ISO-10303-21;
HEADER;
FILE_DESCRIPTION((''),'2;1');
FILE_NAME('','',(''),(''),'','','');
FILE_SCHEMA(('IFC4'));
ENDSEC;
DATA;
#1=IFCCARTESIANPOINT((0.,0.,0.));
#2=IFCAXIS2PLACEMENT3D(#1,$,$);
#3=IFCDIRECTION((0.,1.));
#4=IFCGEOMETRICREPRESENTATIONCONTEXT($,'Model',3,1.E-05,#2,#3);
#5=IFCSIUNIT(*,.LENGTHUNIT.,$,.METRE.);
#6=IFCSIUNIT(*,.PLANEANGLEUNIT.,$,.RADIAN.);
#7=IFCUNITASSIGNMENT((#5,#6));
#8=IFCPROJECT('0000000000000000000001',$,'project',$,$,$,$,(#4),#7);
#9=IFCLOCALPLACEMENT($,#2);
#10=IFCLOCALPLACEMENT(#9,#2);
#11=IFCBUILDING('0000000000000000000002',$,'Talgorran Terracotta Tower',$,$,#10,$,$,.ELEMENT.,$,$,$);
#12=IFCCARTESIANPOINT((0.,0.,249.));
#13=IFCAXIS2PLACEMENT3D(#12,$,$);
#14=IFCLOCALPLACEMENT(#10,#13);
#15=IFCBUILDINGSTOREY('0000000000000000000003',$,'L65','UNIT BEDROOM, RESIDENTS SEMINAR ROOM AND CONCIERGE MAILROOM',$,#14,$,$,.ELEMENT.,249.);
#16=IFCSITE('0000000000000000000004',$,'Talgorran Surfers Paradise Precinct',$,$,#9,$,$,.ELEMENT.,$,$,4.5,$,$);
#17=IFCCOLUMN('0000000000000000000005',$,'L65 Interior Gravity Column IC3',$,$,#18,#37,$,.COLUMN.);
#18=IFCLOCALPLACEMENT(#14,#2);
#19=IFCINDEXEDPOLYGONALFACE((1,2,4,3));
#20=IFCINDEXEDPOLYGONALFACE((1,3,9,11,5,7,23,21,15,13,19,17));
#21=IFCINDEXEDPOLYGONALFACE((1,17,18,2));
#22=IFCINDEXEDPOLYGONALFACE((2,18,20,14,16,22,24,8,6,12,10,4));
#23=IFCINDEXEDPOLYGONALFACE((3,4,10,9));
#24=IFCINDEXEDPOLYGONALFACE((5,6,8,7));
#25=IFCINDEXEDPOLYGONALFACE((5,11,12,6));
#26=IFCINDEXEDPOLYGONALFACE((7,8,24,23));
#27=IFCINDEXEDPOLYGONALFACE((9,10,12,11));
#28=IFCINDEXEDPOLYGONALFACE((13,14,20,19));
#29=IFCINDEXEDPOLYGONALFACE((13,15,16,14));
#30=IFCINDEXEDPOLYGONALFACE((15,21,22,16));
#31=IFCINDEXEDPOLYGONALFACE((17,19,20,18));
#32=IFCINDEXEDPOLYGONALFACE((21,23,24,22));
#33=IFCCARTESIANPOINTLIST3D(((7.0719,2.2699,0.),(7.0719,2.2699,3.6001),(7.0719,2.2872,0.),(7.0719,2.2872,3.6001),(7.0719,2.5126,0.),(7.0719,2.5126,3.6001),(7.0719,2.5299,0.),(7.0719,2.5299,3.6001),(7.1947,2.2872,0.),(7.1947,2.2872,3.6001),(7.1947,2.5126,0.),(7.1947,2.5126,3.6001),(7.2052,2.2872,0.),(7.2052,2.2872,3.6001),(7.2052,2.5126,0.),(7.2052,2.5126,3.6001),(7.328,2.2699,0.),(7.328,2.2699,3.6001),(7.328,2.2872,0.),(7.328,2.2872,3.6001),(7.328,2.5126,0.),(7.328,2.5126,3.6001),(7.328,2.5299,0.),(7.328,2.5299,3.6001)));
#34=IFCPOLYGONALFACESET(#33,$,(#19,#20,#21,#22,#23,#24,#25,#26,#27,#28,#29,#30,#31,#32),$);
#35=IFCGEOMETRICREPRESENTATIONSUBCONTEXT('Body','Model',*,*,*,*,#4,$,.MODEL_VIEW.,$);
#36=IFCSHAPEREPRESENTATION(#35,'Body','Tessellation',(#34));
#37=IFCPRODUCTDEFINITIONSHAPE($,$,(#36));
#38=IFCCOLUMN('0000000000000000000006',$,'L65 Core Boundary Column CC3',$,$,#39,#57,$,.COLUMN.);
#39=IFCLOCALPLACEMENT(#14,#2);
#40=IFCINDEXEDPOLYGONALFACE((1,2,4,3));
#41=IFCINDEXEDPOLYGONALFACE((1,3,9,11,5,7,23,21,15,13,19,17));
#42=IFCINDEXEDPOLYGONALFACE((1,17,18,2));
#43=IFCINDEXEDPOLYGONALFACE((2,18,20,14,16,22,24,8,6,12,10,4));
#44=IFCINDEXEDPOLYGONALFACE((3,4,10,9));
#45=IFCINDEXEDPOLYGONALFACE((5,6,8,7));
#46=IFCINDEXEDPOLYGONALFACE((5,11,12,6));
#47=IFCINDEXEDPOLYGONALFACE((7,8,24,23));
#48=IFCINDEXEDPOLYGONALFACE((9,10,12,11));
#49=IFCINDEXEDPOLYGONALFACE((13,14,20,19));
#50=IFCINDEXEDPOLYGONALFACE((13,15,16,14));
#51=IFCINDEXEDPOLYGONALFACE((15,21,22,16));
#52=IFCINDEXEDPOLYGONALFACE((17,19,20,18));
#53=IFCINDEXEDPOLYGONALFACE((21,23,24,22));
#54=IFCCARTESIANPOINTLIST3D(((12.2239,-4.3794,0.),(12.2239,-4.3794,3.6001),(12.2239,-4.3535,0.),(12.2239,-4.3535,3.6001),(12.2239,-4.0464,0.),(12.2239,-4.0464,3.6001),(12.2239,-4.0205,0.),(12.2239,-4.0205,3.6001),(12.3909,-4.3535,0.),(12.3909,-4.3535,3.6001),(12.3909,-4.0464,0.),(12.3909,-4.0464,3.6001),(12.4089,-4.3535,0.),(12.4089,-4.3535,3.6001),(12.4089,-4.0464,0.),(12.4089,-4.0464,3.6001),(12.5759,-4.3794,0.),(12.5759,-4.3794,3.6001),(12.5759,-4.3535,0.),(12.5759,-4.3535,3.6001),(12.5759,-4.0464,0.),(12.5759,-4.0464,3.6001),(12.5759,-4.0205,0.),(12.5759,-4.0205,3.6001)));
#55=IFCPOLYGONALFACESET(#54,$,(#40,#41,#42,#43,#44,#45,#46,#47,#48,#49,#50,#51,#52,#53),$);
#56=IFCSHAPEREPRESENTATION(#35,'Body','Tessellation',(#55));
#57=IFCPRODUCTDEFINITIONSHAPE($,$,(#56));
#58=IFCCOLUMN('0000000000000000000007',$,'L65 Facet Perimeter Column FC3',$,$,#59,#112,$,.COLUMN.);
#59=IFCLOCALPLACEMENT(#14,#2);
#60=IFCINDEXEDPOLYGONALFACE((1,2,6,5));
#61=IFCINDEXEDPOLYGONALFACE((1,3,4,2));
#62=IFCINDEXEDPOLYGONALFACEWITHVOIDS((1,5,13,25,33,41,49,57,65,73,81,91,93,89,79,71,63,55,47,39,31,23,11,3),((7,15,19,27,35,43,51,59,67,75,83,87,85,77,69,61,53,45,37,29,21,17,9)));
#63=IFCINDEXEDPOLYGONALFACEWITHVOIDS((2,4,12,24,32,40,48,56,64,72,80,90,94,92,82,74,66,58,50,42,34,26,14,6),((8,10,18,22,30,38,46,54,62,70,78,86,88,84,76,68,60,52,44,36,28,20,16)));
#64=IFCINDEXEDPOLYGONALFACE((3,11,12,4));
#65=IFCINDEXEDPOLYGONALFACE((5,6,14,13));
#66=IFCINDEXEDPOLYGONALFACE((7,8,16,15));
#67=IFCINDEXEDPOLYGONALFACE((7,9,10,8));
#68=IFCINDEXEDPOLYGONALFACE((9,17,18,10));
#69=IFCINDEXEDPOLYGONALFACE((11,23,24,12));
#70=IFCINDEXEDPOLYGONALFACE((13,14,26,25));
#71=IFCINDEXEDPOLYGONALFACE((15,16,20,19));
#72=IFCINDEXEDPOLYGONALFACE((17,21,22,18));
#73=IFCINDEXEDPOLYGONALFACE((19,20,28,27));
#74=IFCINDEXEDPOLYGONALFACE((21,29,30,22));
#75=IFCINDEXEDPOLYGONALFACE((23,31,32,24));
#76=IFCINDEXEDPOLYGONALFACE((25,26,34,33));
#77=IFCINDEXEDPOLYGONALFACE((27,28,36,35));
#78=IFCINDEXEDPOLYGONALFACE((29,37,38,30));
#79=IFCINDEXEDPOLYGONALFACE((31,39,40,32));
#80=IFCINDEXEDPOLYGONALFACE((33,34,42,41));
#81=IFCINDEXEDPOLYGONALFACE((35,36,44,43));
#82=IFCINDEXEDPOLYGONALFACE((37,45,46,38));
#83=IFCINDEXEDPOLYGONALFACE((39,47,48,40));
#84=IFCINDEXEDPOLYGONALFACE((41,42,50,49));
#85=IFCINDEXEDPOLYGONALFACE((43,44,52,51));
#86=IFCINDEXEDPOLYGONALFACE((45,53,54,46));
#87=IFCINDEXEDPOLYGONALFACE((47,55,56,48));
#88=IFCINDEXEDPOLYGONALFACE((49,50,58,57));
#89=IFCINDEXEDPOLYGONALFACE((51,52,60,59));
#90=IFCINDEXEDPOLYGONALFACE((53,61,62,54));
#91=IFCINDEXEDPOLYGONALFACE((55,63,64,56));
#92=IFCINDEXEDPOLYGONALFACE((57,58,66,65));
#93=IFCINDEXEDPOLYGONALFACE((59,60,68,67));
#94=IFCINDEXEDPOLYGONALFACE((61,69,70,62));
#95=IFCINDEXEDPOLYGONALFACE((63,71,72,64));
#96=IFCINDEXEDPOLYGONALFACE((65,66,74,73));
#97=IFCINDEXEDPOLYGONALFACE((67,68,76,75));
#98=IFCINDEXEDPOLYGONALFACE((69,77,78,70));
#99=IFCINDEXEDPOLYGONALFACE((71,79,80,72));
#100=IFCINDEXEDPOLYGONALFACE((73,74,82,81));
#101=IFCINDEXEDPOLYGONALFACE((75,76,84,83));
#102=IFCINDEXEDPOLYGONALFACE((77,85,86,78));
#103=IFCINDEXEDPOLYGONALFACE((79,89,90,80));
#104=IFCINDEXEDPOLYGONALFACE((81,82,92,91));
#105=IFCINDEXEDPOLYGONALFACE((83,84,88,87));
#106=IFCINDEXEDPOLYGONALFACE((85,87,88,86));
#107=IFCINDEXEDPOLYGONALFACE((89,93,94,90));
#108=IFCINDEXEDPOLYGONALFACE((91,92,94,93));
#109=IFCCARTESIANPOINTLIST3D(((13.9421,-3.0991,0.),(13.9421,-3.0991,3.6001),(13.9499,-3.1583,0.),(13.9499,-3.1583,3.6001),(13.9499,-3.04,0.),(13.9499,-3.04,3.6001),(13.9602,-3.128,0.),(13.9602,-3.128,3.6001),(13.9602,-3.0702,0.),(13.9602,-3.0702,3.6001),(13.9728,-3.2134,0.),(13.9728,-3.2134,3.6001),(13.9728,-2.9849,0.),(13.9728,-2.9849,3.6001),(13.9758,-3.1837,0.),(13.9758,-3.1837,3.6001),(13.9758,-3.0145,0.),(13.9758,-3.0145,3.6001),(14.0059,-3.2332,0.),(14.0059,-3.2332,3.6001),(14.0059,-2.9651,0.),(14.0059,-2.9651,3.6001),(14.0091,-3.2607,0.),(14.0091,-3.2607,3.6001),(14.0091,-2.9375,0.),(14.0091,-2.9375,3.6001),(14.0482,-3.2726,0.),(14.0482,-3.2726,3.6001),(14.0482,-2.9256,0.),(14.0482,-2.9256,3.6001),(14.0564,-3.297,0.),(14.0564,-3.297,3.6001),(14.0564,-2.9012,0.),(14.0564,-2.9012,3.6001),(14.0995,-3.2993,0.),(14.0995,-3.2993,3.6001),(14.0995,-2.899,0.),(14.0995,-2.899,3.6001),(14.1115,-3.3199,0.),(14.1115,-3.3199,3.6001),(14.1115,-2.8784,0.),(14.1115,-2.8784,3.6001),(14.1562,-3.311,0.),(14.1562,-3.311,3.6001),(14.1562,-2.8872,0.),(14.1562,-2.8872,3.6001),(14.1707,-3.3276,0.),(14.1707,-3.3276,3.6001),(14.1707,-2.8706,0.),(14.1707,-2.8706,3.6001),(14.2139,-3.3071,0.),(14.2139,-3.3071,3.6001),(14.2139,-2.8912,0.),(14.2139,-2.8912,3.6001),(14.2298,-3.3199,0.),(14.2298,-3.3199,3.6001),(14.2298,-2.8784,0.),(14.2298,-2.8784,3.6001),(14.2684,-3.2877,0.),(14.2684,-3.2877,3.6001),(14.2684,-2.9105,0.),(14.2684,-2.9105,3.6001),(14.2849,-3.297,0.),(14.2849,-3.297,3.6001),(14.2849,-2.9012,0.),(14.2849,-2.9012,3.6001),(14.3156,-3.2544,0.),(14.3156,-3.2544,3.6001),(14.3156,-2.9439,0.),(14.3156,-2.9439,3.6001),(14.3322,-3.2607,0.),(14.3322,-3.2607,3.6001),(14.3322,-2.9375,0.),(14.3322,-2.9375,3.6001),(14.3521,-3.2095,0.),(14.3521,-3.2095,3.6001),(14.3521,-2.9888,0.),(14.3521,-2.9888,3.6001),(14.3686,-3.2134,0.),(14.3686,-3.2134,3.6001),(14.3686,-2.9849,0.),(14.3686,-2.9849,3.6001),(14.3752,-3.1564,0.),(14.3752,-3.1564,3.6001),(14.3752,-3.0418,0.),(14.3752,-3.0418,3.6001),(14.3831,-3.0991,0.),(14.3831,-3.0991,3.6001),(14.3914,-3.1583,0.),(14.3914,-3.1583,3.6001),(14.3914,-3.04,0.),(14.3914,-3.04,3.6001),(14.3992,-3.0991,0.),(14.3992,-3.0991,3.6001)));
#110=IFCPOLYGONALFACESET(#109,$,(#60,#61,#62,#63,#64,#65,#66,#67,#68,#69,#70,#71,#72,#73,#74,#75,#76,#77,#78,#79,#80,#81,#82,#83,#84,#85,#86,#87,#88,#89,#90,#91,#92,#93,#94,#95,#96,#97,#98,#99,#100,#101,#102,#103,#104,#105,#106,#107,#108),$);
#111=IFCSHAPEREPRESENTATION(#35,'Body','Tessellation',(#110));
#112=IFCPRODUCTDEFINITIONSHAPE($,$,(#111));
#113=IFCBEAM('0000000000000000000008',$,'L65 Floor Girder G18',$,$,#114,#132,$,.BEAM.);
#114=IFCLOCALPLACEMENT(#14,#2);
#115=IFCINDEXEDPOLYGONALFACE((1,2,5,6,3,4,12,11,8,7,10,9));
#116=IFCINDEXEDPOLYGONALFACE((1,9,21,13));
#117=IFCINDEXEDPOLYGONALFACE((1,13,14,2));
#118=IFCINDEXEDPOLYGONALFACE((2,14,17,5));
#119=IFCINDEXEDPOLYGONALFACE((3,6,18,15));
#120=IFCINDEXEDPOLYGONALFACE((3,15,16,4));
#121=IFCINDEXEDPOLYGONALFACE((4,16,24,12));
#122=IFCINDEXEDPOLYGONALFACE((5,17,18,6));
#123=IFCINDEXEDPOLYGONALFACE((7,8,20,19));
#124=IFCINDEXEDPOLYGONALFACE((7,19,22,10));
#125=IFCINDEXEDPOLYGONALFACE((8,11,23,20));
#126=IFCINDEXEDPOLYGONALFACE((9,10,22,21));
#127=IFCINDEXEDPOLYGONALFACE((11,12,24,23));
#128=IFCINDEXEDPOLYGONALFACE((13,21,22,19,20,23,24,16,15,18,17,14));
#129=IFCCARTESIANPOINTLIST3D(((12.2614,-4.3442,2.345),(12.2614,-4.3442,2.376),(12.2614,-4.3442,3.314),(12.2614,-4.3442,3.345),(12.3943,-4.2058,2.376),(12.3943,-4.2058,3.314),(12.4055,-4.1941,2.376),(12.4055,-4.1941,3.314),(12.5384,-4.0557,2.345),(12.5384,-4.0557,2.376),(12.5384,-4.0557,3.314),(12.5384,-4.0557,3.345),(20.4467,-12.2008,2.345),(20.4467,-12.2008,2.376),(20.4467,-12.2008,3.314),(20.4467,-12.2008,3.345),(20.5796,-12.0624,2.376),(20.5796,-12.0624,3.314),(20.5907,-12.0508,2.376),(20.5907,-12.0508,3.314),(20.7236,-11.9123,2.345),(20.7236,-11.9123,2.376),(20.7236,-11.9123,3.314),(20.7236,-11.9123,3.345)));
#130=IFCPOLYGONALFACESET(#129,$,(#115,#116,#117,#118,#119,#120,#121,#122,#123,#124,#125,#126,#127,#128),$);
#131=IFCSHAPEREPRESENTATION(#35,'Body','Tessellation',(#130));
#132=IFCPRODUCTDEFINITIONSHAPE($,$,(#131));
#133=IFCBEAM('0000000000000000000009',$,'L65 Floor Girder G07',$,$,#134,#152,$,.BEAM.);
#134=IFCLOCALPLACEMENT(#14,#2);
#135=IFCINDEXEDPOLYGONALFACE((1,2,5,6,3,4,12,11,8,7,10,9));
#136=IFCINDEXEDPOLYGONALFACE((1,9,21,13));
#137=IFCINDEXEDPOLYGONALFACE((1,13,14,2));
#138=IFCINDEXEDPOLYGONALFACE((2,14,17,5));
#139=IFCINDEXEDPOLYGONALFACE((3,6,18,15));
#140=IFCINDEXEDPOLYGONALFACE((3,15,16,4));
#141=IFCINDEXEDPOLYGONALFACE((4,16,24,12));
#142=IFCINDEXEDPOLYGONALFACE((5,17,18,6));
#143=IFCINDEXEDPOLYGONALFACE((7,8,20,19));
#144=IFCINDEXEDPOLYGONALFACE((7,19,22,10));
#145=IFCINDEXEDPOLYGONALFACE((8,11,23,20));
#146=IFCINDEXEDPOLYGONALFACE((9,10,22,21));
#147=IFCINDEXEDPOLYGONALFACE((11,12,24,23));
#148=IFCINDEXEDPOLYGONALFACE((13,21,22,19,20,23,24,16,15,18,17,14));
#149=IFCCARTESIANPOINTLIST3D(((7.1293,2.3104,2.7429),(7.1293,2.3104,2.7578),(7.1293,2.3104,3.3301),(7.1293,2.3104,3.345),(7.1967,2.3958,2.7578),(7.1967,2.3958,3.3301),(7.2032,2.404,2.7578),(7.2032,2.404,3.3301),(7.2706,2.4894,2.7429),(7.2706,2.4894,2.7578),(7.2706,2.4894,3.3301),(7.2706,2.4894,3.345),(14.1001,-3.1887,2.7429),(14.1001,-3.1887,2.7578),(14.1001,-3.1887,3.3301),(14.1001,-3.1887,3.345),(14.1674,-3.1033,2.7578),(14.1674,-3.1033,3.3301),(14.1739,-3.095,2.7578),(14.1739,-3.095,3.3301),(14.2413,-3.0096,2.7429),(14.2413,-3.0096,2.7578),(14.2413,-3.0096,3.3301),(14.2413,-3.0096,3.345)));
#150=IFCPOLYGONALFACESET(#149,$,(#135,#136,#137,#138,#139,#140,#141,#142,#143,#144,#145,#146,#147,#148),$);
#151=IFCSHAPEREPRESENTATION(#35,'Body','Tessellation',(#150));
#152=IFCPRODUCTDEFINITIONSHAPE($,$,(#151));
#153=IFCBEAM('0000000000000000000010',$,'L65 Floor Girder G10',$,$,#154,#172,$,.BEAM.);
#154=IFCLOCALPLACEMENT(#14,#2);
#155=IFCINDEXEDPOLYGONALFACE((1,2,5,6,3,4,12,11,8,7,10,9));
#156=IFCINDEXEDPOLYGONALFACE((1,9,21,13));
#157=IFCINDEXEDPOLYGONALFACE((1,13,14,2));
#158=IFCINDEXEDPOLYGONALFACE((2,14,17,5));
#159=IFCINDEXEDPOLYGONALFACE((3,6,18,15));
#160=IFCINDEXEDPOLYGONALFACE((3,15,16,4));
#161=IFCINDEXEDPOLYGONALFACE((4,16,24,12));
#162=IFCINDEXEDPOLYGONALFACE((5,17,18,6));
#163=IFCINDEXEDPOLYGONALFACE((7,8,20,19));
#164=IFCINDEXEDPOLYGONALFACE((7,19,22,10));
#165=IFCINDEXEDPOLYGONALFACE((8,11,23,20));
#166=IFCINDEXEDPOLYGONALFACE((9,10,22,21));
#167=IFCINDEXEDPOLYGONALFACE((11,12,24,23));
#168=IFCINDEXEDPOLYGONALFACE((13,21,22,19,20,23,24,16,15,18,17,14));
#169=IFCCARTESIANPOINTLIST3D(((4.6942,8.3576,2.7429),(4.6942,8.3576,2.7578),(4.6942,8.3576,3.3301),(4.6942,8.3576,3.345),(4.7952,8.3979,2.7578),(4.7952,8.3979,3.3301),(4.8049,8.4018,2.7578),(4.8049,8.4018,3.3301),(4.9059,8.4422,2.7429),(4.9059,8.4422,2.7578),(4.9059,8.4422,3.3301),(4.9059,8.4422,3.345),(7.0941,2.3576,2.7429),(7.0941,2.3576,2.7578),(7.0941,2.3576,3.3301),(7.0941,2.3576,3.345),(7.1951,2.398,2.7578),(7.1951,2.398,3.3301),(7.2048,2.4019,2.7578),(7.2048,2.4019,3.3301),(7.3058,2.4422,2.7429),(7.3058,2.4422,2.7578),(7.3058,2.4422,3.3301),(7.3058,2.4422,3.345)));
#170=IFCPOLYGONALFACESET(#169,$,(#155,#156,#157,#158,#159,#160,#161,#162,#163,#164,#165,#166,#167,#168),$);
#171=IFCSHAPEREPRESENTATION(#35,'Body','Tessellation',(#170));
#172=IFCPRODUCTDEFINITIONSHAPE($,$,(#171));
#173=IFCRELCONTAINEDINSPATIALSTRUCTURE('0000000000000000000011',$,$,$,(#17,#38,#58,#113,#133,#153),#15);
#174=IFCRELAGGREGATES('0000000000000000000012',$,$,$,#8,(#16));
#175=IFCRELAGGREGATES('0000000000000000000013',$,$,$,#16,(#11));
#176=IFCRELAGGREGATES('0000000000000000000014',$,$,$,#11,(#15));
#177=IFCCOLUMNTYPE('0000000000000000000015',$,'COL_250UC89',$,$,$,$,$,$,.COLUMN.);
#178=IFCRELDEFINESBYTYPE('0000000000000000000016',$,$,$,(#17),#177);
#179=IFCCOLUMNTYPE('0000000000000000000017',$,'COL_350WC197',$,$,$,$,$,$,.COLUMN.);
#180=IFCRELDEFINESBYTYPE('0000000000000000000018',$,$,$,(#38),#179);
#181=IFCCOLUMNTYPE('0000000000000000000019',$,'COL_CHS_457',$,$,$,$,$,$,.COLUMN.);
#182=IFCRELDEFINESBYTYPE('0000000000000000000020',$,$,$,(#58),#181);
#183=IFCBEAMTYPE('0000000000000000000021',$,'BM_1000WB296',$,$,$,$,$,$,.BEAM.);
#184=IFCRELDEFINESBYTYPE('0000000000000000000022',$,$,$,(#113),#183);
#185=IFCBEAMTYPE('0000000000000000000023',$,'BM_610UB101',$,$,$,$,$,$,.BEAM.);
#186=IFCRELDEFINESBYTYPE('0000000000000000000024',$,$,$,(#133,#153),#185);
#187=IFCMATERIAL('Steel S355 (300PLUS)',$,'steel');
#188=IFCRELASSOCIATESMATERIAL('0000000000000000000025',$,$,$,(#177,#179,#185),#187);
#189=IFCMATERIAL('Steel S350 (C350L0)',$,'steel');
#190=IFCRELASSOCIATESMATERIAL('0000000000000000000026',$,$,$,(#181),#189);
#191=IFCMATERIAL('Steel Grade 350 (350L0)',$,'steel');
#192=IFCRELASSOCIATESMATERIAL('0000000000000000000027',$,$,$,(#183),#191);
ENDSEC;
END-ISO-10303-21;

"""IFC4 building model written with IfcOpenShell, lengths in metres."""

from ifc_helpers import new_model, si_unit, direction, frame, origin, origin_2d, place, context, subcontext, project, spatial, hollow_circle, i_section, extrude, material, material_profile, profile_set, type_object, element, save


model = new_model("IFC4")

# Units and contexts
model_context = context("Model", 3, precision=1e-05, world=origin(), true_north=direction((0.0, 1.0)))
body_context = subcontext(model_context, "Body", "Model", "MODEL_VIEW")
ifc_project = project(units=[si_unit("LENGTHUNIT", "METRE"), si_unit("PLANEANGLEUNIT", "RADIAN")], contexts=[model_context])

# Site, building, storey
site_placement = place(None, origin())
site = spatial("IfcSite", under=ifc_project, at=site_placement, Name="Talgorran Surfers Paradise Precinct", CompositionType="ELEMENT", RefElevation=4.5)
building_placement = place(site_placement, origin())
building = spatial("IfcBuilding", under=site, at=building_placement, Name="Talgorran Terracotta Tower", CompositionType="ELEMENT")
storey_placement = place(building_placement, frame((0.0, 0.0, 249.0)))
storey = spatial("IfcBuildingStorey", under=building, at=storey_placement, Name="L65", Description="UNIT BEDROOM, RESIDENTS SEMINAR ROOM AND CONCIERGE MAILROOM", CompositionType="ELEMENT", Elevation=249.0)

# Columns
ifc_material_1 = material(Name="Steel S355 (300PLUS)", Category="steel")
ifc_material_profile_1 = material_profile(ifc_material_1, i_section(OverallWidth=0.2561, OverallDepth=0.26, WebThickness=0.0105, FlangeThickness=0.0173, at=origin_2d()), Name="250UC89.5")
ifc_profile_set_1 = profile_set([ifc_material_profile_1], Name="Steel S355 (300PLUS)")
column_type_1 = type_object("IfcColumnType", Name="COL_250UC89", PredefinedType="COLUMN", material=ifc_profile_set_1)
column_1_placement = place(storey_placement, frame((7.2, 2.3999, 0.0), z_axis=(0.0, 0.0, 1.0), x_axis=(1.0, 0.0, 0.0)))
element("IfcColumn", 1, at=column_1_placement, inside=storey, type_object=column_type_1, Name="L65 Interior Gravity Column IC3", PredefinedType="COLUMN", context=body_context, shape_type="SweptSolid", body=[
    extrude(i_section(OverallWidth=0.2561, OverallDepth=0.26, WebThickness=0.0105, FlangeThickness=0.0173, at=origin_2d()), origin(), (0.0, 0.0, 1.0), 3.6001),
])
ifc_material_profile_2 = material_profile(ifc_material_1, i_section(OverallWidth=0.3521, OverallDepth=0.3589, WebThickness=0.0181, FlangeThickness=0.0259, at=origin_2d()), Name="350WC197")
ifc_profile_set_2 = profile_set([ifc_material_profile_2], Name="Steel S355 (300PLUS)")
column_type_2 = type_object("IfcColumnType", Name="COL_350WC197", PredefinedType="COLUMN", material=ifc_profile_set_2)
column_2_placement = place(storey_placement, frame((12.3999, -4.2, 0.0), z_axis=(0.0, 0.0, 1.0), x_axis=(1.0, 0.0, 0.0)))
element("IfcColumn", 2, at=column_2_placement, inside=storey, type_object=column_type_2, Name="L65 Core Boundary Column CC3", PredefinedType="COLUMN", context=body_context, shape_type="SweptSolid", body=[
    extrude(i_section(OverallWidth=0.3521, OverallDepth=0.3589, WebThickness=0.0181, FlangeThickness=0.0259, at=origin_2d()), origin(), (0.0, 0.0, 1.0), 3.6001),
])
ifc_material_2 = material(Name="Steel S350 (C350L0)", Category="steel")
ifc_material_profile_3 = material_profile(ifc_material_2, hollow_circle(Radius=0.2285, WallThickness=0.0161, at=origin_2d()), Name="CHS457X16")
ifc_profile_set_3 = profile_set([ifc_material_profile_3], Name="Steel S350 (C350L0)")
column_type_3 = type_object("IfcColumnType", Name="COL_CHS_457", PredefinedType="COLUMN", material=ifc_profile_set_3)
column_3_placement = place(storey_placement, frame((14.1707, -3.0991, 0.0), z_axis=(0.0, 0.0, 1.0), x_axis=(1.0, 0.0, 0.0)))
element("IfcColumn", 3, at=column_3_placement, inside=storey, type_object=column_type_3, Name="L65 Facet Perimeter Column FC3", PredefinedType="COLUMN", context=body_context, shape_type="SweptSolid", body=[
    extrude(hollow_circle(Radius=0.2285, WallThickness=0.0161, at=origin_2d()), origin(), (0.0, 0.0, 1.0), 3.6001),
])

# Beams
ifc_material_3 = material(Name="Steel Grade 350 (350L0)", Category="steel")
ifc_material_profile_4 = material_profile(ifc_material_3, i_section(OverallWidth=0.3999, OverallDepth=1.0, WebThickness=0.0161, FlangeThickness=0.031, at=origin_2d()), Name="1000WB296")
ifc_profile_set_4 = profile_set([ifc_material_profile_4], Name="Steel Grade 350 (350L0)")
beam_type_1 = type_object("IfcBeamType", Name="BM_1000WB296", PredefinedType="BEAM", material=ifc_profile_set_4)
beam_1_placement = place(storey_placement, frame((12.3999, -4.2, 2.845), z_axis=(0.72144, -0.692477, 0.0), x_axis=(0.692477, 0.72144, 0.0)))
element("IfcBeam", 4, at=beam_1_placement, inside=storey, type_object=beam_type_1, Name="L65 Floor Girder G18", PredefinedType="BEAM", context=body_context, shape_type="SweptSolid", body=[
    extrude(i_section(OverallWidth=0.3999, OverallDepth=1.0, WebThickness=0.0161, FlangeThickness=0.031, at=origin_2d()), origin(), (0.0, 0.0, 1.0), 11.3457),
])
ifc_material_profile_5 = material_profile(ifc_material_1, i_section(OverallWidth=0.228, OverallDepth=0.6021, WebThickness=0.0105, FlangeThickness=0.0149, at=origin_2d()), Name="610UB101")
ifc_profile_set_5 = profile_set([ifc_material_profile_5], Name="Steel S355 (300PLUS)")
beam_type_2 = type_object("IfcBeamType", Name="BM_610UB101", PredefinedType="BEAM", material=ifc_profile_set_5)
beam_2_placement = place(storey_placement, frame((7.2, 2.3999, 3.0439), z_axis=(0.785111, -0.619355, 0.0), x_axis=(0.619355, 0.785111, 0.0)))
element("IfcBeam", 5, at=beam_2_placement, inside=storey, type_object=beam_type_2, Name="L65 Floor Girder G07", PredefinedType="BEAM", context=body_context, shape_type="SweptSolid", body=[
    extrude(i_section(OverallWidth=0.228, OverallDepth=0.6021, WebThickness=0.0105, FlangeThickness=0.0149, at=origin_2d()), origin(), (0.0, 0.0, 1.0), 8.8787),
])
beam_3_placement = place(storey_placement, frame((7.2, 2.3999, 3.0439), z_axis=(-0.371378, 0.928482, 0.0), x_axis=(-0.928482, -0.371378, 0.0)))
element("IfcBeam", 6, at=beam_3_placement, inside=storey, type_object=beam_type_2, Name="L65 Floor Girder G10", PredefinedType="BEAM", context=body_context, shape_type="SweptSolid", body=[
    extrude(i_section(OverallWidth=0.228, OverallDepth=0.6021, WebThickness=0.0105, FlangeThickness=0.0149, at=origin_2d()), origin(), (0.0, 0.0, 1.0), 6.4622),
])

save(model, "model.ifc")
